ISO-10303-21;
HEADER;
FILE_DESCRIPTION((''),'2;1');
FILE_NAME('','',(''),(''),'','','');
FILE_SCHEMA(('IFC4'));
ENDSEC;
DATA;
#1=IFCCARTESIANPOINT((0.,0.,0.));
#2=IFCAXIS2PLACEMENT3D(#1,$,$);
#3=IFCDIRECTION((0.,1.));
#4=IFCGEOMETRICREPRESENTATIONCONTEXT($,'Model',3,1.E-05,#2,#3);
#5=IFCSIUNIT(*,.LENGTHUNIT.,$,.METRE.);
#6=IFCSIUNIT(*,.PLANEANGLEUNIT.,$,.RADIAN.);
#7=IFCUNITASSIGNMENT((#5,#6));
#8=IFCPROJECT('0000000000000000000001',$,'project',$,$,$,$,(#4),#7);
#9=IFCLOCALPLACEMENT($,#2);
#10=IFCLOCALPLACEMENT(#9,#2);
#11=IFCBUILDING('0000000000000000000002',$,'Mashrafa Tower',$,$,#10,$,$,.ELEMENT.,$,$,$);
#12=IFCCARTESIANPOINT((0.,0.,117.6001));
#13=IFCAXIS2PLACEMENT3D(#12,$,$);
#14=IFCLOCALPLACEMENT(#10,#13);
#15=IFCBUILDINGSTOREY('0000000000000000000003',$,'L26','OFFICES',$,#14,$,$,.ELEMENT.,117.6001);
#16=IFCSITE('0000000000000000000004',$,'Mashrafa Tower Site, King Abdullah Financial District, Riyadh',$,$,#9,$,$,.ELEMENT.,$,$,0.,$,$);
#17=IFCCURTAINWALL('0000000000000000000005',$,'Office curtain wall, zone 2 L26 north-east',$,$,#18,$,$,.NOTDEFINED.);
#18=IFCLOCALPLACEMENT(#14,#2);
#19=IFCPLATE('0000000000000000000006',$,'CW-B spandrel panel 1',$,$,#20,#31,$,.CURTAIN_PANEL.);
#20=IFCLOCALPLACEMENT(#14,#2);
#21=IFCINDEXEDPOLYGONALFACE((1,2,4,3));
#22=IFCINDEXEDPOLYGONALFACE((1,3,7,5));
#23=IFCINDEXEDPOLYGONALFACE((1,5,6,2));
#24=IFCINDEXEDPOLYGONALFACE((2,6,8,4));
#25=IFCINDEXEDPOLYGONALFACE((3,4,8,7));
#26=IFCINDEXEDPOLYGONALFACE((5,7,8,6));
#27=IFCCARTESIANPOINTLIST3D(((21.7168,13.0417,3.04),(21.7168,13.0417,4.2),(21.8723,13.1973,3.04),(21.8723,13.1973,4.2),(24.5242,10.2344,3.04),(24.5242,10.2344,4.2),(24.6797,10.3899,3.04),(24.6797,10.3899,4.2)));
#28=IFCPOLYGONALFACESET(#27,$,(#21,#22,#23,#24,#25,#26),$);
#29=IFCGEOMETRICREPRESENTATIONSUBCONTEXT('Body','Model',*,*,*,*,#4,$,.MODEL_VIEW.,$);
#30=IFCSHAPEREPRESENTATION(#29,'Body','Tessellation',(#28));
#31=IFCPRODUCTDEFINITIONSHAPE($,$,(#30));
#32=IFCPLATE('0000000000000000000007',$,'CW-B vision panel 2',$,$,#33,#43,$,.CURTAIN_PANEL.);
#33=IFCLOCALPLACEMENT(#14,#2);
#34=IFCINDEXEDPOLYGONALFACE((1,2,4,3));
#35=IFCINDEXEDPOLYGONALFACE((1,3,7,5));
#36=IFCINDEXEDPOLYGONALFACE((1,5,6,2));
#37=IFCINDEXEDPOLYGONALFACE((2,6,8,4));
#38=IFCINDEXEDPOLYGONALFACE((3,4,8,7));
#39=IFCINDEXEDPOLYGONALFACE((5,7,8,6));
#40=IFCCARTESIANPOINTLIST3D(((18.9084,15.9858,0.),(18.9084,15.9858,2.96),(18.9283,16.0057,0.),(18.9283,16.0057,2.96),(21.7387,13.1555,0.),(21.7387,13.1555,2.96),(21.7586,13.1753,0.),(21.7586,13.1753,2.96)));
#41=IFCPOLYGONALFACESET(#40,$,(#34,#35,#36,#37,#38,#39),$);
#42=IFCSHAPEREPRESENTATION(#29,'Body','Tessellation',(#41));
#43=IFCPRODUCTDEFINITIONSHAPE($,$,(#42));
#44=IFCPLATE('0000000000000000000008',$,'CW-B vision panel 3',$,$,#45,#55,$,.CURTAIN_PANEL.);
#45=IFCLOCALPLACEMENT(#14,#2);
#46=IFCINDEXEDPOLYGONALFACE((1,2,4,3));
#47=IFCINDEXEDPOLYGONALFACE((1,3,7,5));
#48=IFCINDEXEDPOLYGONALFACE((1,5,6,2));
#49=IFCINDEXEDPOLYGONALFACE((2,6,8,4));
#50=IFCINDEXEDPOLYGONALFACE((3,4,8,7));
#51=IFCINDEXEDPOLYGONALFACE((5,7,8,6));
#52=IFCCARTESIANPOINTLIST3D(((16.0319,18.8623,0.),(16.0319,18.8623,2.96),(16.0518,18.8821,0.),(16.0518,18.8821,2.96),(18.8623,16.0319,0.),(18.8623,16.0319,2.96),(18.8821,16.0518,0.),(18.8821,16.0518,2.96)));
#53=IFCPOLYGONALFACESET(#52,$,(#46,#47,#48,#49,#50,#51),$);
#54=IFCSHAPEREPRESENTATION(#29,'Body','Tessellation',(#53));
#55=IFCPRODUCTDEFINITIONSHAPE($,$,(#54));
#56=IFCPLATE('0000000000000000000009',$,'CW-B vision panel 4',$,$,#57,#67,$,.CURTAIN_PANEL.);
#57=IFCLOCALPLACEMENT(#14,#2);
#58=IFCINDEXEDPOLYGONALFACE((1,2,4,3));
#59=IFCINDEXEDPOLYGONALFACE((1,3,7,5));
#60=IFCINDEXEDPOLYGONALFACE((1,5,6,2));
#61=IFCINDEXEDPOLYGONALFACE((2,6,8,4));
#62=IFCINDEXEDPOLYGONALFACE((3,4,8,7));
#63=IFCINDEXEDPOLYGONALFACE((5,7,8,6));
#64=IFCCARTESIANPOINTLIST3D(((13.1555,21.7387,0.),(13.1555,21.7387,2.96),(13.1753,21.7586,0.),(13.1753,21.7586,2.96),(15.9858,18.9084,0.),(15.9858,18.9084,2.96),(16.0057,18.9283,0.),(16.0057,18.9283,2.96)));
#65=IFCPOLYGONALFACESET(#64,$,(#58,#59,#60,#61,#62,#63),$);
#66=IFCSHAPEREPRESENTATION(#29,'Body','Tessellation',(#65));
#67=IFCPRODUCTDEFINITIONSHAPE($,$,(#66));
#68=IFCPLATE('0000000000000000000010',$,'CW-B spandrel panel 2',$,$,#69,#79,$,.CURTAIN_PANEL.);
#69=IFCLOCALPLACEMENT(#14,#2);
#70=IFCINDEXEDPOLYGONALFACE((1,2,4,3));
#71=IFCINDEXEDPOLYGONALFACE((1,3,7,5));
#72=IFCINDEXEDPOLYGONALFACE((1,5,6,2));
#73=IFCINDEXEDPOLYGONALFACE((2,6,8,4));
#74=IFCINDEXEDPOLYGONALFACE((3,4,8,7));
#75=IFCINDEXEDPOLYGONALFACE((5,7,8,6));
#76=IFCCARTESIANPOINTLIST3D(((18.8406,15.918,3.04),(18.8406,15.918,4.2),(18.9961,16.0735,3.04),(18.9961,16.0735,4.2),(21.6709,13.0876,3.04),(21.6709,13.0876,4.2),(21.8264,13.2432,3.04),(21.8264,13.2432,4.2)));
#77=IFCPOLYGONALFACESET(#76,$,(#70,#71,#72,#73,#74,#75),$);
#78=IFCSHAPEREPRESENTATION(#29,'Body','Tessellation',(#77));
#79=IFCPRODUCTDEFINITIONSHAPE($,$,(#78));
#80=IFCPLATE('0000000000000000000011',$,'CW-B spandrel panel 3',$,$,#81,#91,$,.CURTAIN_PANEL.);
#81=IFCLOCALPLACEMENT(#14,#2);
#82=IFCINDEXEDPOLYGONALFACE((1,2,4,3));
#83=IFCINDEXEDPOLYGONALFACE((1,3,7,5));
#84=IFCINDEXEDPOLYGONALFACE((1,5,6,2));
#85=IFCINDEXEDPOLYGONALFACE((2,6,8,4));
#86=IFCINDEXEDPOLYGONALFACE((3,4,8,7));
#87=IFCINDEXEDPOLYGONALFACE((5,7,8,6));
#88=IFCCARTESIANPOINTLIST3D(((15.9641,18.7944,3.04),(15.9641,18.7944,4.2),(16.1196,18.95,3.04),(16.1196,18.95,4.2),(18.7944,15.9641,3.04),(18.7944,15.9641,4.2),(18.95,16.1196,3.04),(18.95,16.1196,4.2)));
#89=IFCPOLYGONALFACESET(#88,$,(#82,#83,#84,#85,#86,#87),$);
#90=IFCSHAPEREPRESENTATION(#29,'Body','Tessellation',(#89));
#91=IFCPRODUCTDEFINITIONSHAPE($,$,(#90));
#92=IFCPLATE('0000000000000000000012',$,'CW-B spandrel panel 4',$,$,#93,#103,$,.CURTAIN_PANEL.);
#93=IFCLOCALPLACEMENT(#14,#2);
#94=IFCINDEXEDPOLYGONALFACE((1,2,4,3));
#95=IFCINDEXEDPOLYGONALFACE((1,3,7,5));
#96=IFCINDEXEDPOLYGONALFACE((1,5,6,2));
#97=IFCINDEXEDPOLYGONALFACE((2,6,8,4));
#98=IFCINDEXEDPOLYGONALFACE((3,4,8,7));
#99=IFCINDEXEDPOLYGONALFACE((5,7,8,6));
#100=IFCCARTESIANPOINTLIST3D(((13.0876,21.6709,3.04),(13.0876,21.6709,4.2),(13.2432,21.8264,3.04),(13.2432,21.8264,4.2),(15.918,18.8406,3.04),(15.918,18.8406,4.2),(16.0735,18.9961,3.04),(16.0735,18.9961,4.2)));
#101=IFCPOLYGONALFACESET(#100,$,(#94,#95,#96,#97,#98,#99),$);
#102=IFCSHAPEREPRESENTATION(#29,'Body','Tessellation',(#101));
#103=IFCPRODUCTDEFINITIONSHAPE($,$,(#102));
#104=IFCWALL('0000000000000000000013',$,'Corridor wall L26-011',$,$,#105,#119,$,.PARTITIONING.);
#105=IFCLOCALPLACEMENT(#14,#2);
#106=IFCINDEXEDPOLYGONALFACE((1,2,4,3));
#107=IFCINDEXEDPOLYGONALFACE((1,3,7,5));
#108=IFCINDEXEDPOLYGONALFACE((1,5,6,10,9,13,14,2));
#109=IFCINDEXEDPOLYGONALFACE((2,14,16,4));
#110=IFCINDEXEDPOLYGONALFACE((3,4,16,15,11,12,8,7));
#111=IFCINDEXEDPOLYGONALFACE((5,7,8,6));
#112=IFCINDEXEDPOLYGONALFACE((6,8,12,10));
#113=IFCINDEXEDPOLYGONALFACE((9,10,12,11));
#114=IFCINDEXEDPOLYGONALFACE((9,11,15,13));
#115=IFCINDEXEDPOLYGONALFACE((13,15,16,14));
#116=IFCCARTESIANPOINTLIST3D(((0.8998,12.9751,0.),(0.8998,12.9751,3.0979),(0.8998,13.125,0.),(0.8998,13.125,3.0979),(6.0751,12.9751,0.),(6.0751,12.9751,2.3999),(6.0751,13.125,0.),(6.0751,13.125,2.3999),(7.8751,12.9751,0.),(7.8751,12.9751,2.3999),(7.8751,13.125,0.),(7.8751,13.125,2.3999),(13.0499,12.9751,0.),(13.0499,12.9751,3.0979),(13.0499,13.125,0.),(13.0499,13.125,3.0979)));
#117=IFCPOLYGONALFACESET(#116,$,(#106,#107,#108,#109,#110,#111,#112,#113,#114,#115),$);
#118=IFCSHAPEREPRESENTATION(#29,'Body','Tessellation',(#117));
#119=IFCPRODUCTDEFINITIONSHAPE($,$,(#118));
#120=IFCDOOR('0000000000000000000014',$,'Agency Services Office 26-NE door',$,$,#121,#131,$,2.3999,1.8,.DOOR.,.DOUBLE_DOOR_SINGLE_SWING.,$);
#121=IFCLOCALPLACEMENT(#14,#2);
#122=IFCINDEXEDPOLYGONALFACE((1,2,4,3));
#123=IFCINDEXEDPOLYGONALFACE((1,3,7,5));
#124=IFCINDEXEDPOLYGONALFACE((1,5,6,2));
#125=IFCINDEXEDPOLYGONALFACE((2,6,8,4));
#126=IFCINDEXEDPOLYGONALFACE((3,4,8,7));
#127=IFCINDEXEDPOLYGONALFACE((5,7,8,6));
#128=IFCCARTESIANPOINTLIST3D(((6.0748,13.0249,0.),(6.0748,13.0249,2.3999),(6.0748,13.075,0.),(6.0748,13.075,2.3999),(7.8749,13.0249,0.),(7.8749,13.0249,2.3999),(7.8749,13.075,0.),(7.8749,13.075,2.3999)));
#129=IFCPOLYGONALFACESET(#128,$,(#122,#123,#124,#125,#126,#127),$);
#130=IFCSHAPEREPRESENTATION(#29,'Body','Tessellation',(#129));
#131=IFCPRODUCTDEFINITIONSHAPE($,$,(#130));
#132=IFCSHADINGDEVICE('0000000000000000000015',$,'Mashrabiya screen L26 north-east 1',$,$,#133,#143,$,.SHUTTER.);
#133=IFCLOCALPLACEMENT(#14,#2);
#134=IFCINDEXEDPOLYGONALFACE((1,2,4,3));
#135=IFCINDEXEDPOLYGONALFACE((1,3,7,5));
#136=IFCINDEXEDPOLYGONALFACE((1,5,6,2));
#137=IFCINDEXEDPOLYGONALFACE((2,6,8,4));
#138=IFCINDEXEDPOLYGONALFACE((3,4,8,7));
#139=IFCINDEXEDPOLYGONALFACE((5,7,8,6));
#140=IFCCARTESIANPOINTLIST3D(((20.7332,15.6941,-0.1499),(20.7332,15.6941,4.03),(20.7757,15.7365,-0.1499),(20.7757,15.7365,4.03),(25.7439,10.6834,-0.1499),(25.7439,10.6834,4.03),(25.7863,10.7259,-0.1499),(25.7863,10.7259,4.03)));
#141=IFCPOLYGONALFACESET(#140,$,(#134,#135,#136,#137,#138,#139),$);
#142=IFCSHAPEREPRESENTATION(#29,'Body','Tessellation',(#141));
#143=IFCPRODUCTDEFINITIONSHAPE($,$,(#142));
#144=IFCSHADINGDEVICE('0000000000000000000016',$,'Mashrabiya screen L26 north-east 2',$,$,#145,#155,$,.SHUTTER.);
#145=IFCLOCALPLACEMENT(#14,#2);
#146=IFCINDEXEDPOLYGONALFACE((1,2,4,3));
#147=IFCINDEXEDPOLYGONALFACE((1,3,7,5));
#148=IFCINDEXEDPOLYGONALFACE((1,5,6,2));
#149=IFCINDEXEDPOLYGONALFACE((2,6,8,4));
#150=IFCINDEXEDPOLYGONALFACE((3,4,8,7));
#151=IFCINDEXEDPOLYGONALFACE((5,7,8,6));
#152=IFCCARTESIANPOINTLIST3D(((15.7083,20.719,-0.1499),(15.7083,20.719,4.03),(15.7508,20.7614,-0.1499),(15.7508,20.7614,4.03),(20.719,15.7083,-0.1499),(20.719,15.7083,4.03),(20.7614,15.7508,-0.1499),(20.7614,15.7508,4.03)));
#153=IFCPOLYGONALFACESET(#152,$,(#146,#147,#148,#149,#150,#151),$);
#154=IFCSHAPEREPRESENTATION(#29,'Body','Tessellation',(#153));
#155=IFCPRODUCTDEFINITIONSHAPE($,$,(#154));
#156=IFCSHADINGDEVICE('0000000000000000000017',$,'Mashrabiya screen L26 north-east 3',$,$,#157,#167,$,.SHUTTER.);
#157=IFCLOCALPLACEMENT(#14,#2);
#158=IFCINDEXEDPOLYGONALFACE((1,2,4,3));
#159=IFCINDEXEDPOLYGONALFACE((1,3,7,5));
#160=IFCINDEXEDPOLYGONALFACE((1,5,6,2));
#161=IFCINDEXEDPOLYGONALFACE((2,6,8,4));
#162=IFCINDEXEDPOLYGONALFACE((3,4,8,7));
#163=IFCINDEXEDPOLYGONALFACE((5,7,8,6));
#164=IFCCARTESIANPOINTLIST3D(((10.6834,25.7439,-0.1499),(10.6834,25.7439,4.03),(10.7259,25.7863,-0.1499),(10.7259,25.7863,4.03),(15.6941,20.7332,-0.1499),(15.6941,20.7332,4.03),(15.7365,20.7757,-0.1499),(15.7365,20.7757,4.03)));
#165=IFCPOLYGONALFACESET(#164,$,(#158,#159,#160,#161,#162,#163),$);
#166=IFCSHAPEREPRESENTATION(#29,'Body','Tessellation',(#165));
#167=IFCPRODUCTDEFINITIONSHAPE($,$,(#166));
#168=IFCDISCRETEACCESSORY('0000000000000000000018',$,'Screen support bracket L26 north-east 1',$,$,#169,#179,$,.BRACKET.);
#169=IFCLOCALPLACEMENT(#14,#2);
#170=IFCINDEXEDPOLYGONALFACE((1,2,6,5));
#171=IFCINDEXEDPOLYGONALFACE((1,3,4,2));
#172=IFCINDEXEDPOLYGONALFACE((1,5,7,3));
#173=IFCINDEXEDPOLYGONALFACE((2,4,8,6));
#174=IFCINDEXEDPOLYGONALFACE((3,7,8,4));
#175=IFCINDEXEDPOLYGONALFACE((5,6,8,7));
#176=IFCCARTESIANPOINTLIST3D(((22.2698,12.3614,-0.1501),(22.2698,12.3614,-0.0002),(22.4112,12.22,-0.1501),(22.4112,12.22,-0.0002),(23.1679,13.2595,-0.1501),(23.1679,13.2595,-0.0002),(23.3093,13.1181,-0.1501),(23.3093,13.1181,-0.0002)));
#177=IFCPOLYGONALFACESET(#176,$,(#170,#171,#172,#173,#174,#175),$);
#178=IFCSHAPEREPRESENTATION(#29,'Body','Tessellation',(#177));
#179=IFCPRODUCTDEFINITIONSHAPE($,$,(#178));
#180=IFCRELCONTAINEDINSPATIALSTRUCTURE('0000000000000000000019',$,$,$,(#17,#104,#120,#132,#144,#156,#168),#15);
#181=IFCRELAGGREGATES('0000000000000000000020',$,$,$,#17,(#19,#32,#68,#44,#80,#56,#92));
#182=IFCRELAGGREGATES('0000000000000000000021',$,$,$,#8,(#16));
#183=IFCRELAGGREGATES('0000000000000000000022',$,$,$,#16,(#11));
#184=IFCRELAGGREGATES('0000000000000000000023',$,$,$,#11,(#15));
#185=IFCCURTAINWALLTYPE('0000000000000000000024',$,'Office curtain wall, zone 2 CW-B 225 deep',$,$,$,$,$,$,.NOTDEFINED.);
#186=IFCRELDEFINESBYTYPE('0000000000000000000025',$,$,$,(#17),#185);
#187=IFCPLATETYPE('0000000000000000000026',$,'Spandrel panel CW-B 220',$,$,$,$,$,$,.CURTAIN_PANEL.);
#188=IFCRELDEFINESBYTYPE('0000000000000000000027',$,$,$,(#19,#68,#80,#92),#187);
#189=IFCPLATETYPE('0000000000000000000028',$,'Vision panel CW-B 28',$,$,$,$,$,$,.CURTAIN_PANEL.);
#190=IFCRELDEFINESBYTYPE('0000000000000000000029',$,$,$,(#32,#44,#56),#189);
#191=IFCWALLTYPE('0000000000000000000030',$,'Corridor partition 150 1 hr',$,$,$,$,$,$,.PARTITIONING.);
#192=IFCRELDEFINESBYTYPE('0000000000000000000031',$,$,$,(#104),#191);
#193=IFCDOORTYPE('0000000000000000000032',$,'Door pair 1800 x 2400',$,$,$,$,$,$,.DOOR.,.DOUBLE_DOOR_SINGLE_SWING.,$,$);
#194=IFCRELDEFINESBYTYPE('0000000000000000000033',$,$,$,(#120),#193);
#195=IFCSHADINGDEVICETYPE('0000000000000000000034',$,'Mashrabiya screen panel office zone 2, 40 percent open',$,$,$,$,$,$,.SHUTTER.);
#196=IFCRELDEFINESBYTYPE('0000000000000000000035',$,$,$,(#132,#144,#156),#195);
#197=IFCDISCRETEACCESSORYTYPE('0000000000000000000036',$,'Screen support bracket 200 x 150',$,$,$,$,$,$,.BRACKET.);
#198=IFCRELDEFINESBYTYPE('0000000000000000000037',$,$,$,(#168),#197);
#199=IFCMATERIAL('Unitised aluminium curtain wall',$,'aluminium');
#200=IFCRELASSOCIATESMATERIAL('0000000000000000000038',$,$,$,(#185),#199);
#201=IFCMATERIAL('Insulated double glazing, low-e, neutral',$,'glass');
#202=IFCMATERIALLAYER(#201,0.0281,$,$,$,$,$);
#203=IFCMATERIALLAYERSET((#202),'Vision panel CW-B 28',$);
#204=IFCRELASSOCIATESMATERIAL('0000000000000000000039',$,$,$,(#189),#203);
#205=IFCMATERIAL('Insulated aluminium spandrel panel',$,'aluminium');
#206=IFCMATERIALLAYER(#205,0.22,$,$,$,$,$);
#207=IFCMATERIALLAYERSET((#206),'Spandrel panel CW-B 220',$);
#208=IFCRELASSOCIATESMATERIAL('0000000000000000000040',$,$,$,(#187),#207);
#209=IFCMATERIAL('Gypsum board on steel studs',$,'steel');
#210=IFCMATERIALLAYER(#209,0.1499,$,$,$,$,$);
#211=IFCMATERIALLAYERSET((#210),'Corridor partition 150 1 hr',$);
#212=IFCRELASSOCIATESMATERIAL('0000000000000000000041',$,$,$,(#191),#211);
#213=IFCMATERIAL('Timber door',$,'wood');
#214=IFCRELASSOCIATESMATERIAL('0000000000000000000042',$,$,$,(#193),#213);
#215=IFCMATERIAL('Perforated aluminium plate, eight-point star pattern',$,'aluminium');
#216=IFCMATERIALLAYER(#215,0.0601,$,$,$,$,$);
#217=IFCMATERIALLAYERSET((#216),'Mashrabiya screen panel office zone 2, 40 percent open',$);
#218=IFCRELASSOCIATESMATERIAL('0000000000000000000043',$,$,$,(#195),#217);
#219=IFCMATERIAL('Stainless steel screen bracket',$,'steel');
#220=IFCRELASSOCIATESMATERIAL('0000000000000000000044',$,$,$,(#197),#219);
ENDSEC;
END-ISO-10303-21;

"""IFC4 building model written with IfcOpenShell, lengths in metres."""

from ifc_helpers import new_model, si_unit, direction, frame, frame_2d, origin, origin_2d, place, context, subcontext, project, spatial, rectangle, extrude, source, transform, mapped, material, layer, layer_set, type_object, type_shapes, element, fill, aggregate, save


model = new_model("IFC4")

# Units and contexts
model_context = context("Model", 3, precision=1e-05, world=origin(), true_north=direction((0.0, 1.0)))
body_context = subcontext(model_context, "Body", "Model", "MODEL_VIEW")
ifc_project = project(units=[si_unit("LENGTHUNIT", "METRE"), si_unit("PLANEANGLEUNIT", "RADIAN")], contexts=[model_context])

# Site, building, storey
site_placement = place(None, origin())
site = spatial("IfcSite", under=ifc_project, at=site_placement, Name="Mashrafa Tower Site, King Abdullah Financial District, Riyadh", CompositionType="ELEMENT", RefElevation=0.0)
building_placement = place(site_placement, origin())
building = spatial("IfcBuilding", under=site, at=building_placement, Name="Mashrafa Tower", CompositionType="ELEMENT")
storey_placement = place(building_placement, frame((0.0, 0.0, 117.6001)))
storey = spatial("IfcBuildingStorey", under=building, at=storey_placement, Name="L26", Description="OFFICES", CompositionType="ELEMENT", Elevation=117.6001)

# Curtain wall, plates
ifc_material_1 = material(Name="Unitised aluminium curtain wall", Category="aluminium")
curtain_wall_type = type_object("IfcCurtainWallType", Name="Office curtain wall, zone 2 CW-B 225 deep", PredefinedType="NOTDEFINED", material=ifc_material_1)
curtain_wall_placement = place(storey_placement, origin())
curtain_wall = element("IfcCurtainWall", 1, at=curtain_wall_placement, inside=storey, type_object=curtain_wall_type, Name="Office curtain wall, zone 2 L26 north-east", PredefinedType="NOTDEFINED")
ifc_material_2 = material(Name="Insulated double glazing, low-e, neutral", Category="glass")
ifc_layer_1 = layer(ifc_material_2, 0.0281)
ifc_layer_set_1 = layer_set([ifc_layer_1], Name="Vision panel CW-B 28")
plate_type_1 = type_object("IfcPlateType", Name="Vision panel CW-B 28", PredefinedType="CURTAIN_PANEL", material=ifc_layer_set_1)
ifc_material_3 = material(Name="Insulated aluminium spandrel panel", Category="aluminium")
ifc_layer_2 = layer(ifc_material_3, 0.22)
ifc_layer_set_2 = layer_set([ifc_layer_2], Name="Spandrel panel CW-B 220")
plate_type_2 = type_object("IfcPlateType", Name="Spandrel panel CW-B 220", PredefinedType="CURTAIN_PANEL", material=ifc_layer_set_2)
shared_shape_1 = source(origin(), body_context, "Body", "SweptSolid", [
    extrude(rectangle(XDim=3.9702, YDim=0.22, at=origin_2d()), origin(), (0.0, 0.0, 1.0), 1.1599),
])
plate_1_placement = place(storey_placement, frame((23.1982, 11.7158, 3.04), z_axis=(0.0, 0.0, 1.0), x_axis=(-0.707107, 0.707107, 0.0)))
plate_1 = element("IfcPlate", 2, at=plate_1_placement, type_object=plate_type_2, Name="CW-B spandrel panel 1", PredefinedType="CURTAIN_PANEL", context=body_context, shape_type="MappedRepresentation", body=[
    mapped(shared_shape_1, transform((0.0, 0.0, 0.0))),
])
shared_shape_2 = source(origin(), body_context, "Body", "SweptSolid", [
    extrude(rectangle(XDim=4.0027, YDim=0.0281, at=origin_2d()), origin(), (0.0, 0.0, 1.0), 2.96),
])
plate_2_placement = place(storey_placement, frame((20.3335, 14.5806, 0.0), z_axis=(0.0, 0.0, 1.0), x_axis=(-0.707107, 0.707107, 0.0)))
plate_2 = element("IfcPlate", 3, at=plate_2_placement, type_object=plate_type_1, Name="CW-B vision panel 2", PredefinedType="CURTAIN_PANEL", context=body_context, shape_type="MappedRepresentation", body=[
    mapped(shared_shape_2, transform((0.0, 0.0, 0.0))),
])
plate_3_placement = place(storey_placement, frame((17.457, 17.457, 0.0), z_axis=(0.0, 0.0, 1.0), x_axis=(-0.707107, 0.707107, 0.0)))
plate_3 = element("IfcPlate", 4, at=plate_3_placement, type_object=plate_type_1, Name="CW-B vision panel 3", PredefinedType="CURTAIN_PANEL", context=body_context, shape_type="MappedRepresentation", body=[
    mapped(shared_shape_2, transform((0.0, 0.0, 0.0))),
])
plate_4_placement = place(storey_placement, frame((14.5806, 20.3335, 0.0), z_axis=(0.0, 0.0, 1.0), x_axis=(-0.707107, 0.707107, 0.0)))
plate_4 = element("IfcPlate", 5, at=plate_4_placement, type_object=plate_type_1, Name="CW-B vision panel 4", PredefinedType="CURTAIN_PANEL", context=body_context, shape_type="MappedRepresentation", body=[
    mapped(shared_shape_2, transform((0.0, 0.0, 0.0))),
])
shared_shape_3 = source(origin(), body_context, "Body", "SweptSolid", [
    extrude(rectangle(XDim=4.0027, YDim=0.22, at=origin_2d()), origin(), (0.0, 0.0, 1.0), 1.1599),
])
type_shapes(plate_type_2, [shared_shape_1, shared_shape_3])
plate_5_placement = place(storey_placement, frame((20.3335, 14.5806, 3.04), z_axis=(0.0, 0.0, 1.0), x_axis=(-0.707107, 0.707107, 0.0)))
plate_5 = element("IfcPlate", 6, at=plate_5_placement, type_object=plate_type_2, Name="CW-B spandrel panel 2", PredefinedType="CURTAIN_PANEL", context=body_context, shape_type="MappedRepresentation", body=[
    mapped(shared_shape_3, transform((0.0, 0.0, 0.0))),
])
plate_6_placement = place(storey_placement, frame((17.457, 17.457, 3.04), z_axis=(0.0, 0.0, 1.0), x_axis=(-0.707107, 0.707107, 0.0)))
plate_6 = element("IfcPlate", 7, at=plate_6_placement, type_object=plate_type_2, Name="CW-B spandrel panel 3", PredefinedType="CURTAIN_PANEL", context=body_context, shape_type="MappedRepresentation", body=[
    mapped(shared_shape_3, transform((0.0, 0.0, 0.0))),
])
plate_7_placement = place(storey_placement, frame((14.5806, 20.3335, 3.04), z_axis=(0.0, 0.0, 1.0), x_axis=(-0.707107, 0.707107, 0.0)))
plate_7 = element("IfcPlate", 8, at=plate_7_placement, type_object=plate_type_2, Name="CW-B spandrel panel 4", PredefinedType="CURTAIN_PANEL", context=body_context, shape_type="MappedRepresentation", body=[
    mapped(shared_shape_3, transform((0.0, 0.0, 0.0))),
])
aggregate(curtain_wall, [plate_1, plate_2, plate_5, plate_3, plate_6, plate_4, plate_7])

# Wall, opening, door
ifc_material_4 = material(Name="Gypsum board on steel studs", Category="steel")
ifc_layer_3 = layer(ifc_material_4, 0.1499)
ifc_layer_set_3 = layer_set([ifc_layer_3], Name="Corridor partition 150 1 hr")
wall_type = type_object("IfcWallType", Name="Corridor partition 150 1 hr", PredefinedType="PARTITIONING", material=ifc_layer_set_3)
wall_placement = place(storey_placement, frame((13.05, 13.05, 0.0), z_axis=(0.0, 0.0, 1.0), x_axis=(-1.0, 0.0, 0.0)))
wall = element("IfcWall", 9, at=wall_placement, inside=storey, type_object=wall_type, Name="Corridor wall L26-011", PredefinedType="PARTITIONING", context=body_context, shape_type="SweptSolid", body=[
    extrude(rectangle(XDim=12.1501, YDim=0.1499, at=frame_2d((6.0752, 0.0))), origin(), (0.0, 0.0, 1.0), 3.0979),
])
opening_placement = place(wall_placement, frame((5.175, 0.0, 0.0)))
opening = element("IfcOpeningElement", 10, at=opening_placement, cuts=wall, PredefinedType="OPENING", context=body_context, shape_type="SweptSolid", body=[
    extrude(rectangle(XDim=1.8, YDim=2.3999, at=frame_2d((0.8999, 1.2))), frame((0.0, 0.085, 0.0), z_axis=(0.0, -1.0, 0.0), x_axis=(1.0, 0.0, 0.0)), (0.0, 0.0, 1.0), 0.1699),
])
ifc_material_5 = material(Name="Timber door", Category="wood")
door_type = type_object("IfcDoorType", Name="Door pair 1800 x 2400", OperationType="DOUBLE_DOOR_SINGLE_SWING", PredefinedType="DOOR", material=ifc_material_5)
door_placement = place(opening_placement, frame((1.8, 0.0, 0.0), z_axis=(0.0, 0.0, 1.0), x_axis=(-1.0, 0.0, 0.0)))
door = element("IfcDoor", 11, at=door_placement, inside=storey, type_object=door_type, Name="Agency Services Office 26-NE door", OperationType="DOUBLE_DOOR_SINGLE_SWING", OverallHeight=2.3999, OverallWidth=1.8, PredefinedType="DOOR", context=body_context, shape_type="SweptSolid", body=[
    extrude(rectangle(XDim=1.8, YDim=2.3999, at=frame_2d((0.8999, 1.2))), frame((0.0, 0.0249, 0.0), z_axis=(0.0, -1.0, 0.0), x_axis=(1.0, 0.0, 0.0)), (0.0, 0.0, 1.0), 0.05),
])
fill(opening, door)

# Shading devices
ifc_material_6 = material(Name="Perforated aluminium plate, eight-point star pattern", Category="aluminium")
ifc_layer_4 = layer(ifc_material_6, 0.0601)
ifc_layer_set_4 = layer_set([ifc_layer_4], Name="Mashrabiya screen panel office zone 2, 40 percent open")
shading_device_type = type_object("IfcShadingDeviceType", Name="Mashrabiya screen panel office zone 2, 40 percent open", PredefinedType="SHUTTER", material=ifc_layer_set_4)
shared_shape_4 = source(origin(), body_context, "Body", "SweptSolid", [
    extrude(rectangle(XDim=7.0862, YDim=0.0601, at=origin_2d()), origin(), (0.0, 0.0, 1.0), 4.1799),
])
type_shapes(shading_device_type, [shared_shape_4])
for number, where, z_axis, x_axis, name in (
    (12, (23.2598, 13.21, -0.1499), (0.0, 0.0, 1.0), (-0.707107, 0.707107, 0.0), "Mashrabiya screen L26 north-east 1"),
    (13, (18.2349, 18.2349, -0.1499), (0.0, 0.0, 1.0), (-0.707107, 0.707107, 0.0), "Mashrabiya screen L26 north-east 2"),
    (14, (13.21, 23.2598, -0.1499), (0.0, 0.0, 1.0), (-0.707107, 0.707107, 0.0), "Mashrabiya screen L26 north-east 3"),
):
    element("IfcShadingDevice", number, at=place(storey_placement, frame(where, z_axis=z_axis, x_axis=x_axis)), inside=storey, type_object=shading_device_type, Name=name, PredefinedType="SHUTTER", context=body_context, shape_type="MappedRepresentation", body=[
        mapped(shared_shape_4, transform((0.0, 0.0, 0.0))),
    ])

# Discrete accessory
ifc_material_7 = material(Name="Stainless steel screen bracket", Category="steel")
discrete_accessory_type = type_object("IfcDiscreteAccessoryType", Name="Screen support bracket 200 x 150", PredefinedType="BRACKET", material=ifc_material_7)
shared_shape_5 = source(origin(), body_context, "Body", "SweptSolid", [
    extrude(rectangle(XDim=0.2, YDim=1.27, at=origin_2d()), origin(), (0.0, 0.0, 1.0), 0.1499),
])
type_shapes(discrete_accessory_type, [shared_shape_5])
for number, where, z_axis, x_axis, name in (
    (15, (22.7896, 12.7397, -0.1501), (0.0, 0.0, 1.0), (-0.707107, 0.707107, 0.0), "Screen support bracket L26 north-east 1"),
):
    element("IfcDiscreteAccessory", number, at=place(storey_placement, frame(where, z_axis=z_axis, x_axis=x_axis)), inside=storey, type_object=discrete_accessory_type, Name=name, PredefinedType="BRACKET", context=body_context, shape_type="MappedRepresentation", body=[
        mapped(shared_shape_5, transform((0.0, 0.0, 0.0))),
    ])

save(model, "model.ifc")
